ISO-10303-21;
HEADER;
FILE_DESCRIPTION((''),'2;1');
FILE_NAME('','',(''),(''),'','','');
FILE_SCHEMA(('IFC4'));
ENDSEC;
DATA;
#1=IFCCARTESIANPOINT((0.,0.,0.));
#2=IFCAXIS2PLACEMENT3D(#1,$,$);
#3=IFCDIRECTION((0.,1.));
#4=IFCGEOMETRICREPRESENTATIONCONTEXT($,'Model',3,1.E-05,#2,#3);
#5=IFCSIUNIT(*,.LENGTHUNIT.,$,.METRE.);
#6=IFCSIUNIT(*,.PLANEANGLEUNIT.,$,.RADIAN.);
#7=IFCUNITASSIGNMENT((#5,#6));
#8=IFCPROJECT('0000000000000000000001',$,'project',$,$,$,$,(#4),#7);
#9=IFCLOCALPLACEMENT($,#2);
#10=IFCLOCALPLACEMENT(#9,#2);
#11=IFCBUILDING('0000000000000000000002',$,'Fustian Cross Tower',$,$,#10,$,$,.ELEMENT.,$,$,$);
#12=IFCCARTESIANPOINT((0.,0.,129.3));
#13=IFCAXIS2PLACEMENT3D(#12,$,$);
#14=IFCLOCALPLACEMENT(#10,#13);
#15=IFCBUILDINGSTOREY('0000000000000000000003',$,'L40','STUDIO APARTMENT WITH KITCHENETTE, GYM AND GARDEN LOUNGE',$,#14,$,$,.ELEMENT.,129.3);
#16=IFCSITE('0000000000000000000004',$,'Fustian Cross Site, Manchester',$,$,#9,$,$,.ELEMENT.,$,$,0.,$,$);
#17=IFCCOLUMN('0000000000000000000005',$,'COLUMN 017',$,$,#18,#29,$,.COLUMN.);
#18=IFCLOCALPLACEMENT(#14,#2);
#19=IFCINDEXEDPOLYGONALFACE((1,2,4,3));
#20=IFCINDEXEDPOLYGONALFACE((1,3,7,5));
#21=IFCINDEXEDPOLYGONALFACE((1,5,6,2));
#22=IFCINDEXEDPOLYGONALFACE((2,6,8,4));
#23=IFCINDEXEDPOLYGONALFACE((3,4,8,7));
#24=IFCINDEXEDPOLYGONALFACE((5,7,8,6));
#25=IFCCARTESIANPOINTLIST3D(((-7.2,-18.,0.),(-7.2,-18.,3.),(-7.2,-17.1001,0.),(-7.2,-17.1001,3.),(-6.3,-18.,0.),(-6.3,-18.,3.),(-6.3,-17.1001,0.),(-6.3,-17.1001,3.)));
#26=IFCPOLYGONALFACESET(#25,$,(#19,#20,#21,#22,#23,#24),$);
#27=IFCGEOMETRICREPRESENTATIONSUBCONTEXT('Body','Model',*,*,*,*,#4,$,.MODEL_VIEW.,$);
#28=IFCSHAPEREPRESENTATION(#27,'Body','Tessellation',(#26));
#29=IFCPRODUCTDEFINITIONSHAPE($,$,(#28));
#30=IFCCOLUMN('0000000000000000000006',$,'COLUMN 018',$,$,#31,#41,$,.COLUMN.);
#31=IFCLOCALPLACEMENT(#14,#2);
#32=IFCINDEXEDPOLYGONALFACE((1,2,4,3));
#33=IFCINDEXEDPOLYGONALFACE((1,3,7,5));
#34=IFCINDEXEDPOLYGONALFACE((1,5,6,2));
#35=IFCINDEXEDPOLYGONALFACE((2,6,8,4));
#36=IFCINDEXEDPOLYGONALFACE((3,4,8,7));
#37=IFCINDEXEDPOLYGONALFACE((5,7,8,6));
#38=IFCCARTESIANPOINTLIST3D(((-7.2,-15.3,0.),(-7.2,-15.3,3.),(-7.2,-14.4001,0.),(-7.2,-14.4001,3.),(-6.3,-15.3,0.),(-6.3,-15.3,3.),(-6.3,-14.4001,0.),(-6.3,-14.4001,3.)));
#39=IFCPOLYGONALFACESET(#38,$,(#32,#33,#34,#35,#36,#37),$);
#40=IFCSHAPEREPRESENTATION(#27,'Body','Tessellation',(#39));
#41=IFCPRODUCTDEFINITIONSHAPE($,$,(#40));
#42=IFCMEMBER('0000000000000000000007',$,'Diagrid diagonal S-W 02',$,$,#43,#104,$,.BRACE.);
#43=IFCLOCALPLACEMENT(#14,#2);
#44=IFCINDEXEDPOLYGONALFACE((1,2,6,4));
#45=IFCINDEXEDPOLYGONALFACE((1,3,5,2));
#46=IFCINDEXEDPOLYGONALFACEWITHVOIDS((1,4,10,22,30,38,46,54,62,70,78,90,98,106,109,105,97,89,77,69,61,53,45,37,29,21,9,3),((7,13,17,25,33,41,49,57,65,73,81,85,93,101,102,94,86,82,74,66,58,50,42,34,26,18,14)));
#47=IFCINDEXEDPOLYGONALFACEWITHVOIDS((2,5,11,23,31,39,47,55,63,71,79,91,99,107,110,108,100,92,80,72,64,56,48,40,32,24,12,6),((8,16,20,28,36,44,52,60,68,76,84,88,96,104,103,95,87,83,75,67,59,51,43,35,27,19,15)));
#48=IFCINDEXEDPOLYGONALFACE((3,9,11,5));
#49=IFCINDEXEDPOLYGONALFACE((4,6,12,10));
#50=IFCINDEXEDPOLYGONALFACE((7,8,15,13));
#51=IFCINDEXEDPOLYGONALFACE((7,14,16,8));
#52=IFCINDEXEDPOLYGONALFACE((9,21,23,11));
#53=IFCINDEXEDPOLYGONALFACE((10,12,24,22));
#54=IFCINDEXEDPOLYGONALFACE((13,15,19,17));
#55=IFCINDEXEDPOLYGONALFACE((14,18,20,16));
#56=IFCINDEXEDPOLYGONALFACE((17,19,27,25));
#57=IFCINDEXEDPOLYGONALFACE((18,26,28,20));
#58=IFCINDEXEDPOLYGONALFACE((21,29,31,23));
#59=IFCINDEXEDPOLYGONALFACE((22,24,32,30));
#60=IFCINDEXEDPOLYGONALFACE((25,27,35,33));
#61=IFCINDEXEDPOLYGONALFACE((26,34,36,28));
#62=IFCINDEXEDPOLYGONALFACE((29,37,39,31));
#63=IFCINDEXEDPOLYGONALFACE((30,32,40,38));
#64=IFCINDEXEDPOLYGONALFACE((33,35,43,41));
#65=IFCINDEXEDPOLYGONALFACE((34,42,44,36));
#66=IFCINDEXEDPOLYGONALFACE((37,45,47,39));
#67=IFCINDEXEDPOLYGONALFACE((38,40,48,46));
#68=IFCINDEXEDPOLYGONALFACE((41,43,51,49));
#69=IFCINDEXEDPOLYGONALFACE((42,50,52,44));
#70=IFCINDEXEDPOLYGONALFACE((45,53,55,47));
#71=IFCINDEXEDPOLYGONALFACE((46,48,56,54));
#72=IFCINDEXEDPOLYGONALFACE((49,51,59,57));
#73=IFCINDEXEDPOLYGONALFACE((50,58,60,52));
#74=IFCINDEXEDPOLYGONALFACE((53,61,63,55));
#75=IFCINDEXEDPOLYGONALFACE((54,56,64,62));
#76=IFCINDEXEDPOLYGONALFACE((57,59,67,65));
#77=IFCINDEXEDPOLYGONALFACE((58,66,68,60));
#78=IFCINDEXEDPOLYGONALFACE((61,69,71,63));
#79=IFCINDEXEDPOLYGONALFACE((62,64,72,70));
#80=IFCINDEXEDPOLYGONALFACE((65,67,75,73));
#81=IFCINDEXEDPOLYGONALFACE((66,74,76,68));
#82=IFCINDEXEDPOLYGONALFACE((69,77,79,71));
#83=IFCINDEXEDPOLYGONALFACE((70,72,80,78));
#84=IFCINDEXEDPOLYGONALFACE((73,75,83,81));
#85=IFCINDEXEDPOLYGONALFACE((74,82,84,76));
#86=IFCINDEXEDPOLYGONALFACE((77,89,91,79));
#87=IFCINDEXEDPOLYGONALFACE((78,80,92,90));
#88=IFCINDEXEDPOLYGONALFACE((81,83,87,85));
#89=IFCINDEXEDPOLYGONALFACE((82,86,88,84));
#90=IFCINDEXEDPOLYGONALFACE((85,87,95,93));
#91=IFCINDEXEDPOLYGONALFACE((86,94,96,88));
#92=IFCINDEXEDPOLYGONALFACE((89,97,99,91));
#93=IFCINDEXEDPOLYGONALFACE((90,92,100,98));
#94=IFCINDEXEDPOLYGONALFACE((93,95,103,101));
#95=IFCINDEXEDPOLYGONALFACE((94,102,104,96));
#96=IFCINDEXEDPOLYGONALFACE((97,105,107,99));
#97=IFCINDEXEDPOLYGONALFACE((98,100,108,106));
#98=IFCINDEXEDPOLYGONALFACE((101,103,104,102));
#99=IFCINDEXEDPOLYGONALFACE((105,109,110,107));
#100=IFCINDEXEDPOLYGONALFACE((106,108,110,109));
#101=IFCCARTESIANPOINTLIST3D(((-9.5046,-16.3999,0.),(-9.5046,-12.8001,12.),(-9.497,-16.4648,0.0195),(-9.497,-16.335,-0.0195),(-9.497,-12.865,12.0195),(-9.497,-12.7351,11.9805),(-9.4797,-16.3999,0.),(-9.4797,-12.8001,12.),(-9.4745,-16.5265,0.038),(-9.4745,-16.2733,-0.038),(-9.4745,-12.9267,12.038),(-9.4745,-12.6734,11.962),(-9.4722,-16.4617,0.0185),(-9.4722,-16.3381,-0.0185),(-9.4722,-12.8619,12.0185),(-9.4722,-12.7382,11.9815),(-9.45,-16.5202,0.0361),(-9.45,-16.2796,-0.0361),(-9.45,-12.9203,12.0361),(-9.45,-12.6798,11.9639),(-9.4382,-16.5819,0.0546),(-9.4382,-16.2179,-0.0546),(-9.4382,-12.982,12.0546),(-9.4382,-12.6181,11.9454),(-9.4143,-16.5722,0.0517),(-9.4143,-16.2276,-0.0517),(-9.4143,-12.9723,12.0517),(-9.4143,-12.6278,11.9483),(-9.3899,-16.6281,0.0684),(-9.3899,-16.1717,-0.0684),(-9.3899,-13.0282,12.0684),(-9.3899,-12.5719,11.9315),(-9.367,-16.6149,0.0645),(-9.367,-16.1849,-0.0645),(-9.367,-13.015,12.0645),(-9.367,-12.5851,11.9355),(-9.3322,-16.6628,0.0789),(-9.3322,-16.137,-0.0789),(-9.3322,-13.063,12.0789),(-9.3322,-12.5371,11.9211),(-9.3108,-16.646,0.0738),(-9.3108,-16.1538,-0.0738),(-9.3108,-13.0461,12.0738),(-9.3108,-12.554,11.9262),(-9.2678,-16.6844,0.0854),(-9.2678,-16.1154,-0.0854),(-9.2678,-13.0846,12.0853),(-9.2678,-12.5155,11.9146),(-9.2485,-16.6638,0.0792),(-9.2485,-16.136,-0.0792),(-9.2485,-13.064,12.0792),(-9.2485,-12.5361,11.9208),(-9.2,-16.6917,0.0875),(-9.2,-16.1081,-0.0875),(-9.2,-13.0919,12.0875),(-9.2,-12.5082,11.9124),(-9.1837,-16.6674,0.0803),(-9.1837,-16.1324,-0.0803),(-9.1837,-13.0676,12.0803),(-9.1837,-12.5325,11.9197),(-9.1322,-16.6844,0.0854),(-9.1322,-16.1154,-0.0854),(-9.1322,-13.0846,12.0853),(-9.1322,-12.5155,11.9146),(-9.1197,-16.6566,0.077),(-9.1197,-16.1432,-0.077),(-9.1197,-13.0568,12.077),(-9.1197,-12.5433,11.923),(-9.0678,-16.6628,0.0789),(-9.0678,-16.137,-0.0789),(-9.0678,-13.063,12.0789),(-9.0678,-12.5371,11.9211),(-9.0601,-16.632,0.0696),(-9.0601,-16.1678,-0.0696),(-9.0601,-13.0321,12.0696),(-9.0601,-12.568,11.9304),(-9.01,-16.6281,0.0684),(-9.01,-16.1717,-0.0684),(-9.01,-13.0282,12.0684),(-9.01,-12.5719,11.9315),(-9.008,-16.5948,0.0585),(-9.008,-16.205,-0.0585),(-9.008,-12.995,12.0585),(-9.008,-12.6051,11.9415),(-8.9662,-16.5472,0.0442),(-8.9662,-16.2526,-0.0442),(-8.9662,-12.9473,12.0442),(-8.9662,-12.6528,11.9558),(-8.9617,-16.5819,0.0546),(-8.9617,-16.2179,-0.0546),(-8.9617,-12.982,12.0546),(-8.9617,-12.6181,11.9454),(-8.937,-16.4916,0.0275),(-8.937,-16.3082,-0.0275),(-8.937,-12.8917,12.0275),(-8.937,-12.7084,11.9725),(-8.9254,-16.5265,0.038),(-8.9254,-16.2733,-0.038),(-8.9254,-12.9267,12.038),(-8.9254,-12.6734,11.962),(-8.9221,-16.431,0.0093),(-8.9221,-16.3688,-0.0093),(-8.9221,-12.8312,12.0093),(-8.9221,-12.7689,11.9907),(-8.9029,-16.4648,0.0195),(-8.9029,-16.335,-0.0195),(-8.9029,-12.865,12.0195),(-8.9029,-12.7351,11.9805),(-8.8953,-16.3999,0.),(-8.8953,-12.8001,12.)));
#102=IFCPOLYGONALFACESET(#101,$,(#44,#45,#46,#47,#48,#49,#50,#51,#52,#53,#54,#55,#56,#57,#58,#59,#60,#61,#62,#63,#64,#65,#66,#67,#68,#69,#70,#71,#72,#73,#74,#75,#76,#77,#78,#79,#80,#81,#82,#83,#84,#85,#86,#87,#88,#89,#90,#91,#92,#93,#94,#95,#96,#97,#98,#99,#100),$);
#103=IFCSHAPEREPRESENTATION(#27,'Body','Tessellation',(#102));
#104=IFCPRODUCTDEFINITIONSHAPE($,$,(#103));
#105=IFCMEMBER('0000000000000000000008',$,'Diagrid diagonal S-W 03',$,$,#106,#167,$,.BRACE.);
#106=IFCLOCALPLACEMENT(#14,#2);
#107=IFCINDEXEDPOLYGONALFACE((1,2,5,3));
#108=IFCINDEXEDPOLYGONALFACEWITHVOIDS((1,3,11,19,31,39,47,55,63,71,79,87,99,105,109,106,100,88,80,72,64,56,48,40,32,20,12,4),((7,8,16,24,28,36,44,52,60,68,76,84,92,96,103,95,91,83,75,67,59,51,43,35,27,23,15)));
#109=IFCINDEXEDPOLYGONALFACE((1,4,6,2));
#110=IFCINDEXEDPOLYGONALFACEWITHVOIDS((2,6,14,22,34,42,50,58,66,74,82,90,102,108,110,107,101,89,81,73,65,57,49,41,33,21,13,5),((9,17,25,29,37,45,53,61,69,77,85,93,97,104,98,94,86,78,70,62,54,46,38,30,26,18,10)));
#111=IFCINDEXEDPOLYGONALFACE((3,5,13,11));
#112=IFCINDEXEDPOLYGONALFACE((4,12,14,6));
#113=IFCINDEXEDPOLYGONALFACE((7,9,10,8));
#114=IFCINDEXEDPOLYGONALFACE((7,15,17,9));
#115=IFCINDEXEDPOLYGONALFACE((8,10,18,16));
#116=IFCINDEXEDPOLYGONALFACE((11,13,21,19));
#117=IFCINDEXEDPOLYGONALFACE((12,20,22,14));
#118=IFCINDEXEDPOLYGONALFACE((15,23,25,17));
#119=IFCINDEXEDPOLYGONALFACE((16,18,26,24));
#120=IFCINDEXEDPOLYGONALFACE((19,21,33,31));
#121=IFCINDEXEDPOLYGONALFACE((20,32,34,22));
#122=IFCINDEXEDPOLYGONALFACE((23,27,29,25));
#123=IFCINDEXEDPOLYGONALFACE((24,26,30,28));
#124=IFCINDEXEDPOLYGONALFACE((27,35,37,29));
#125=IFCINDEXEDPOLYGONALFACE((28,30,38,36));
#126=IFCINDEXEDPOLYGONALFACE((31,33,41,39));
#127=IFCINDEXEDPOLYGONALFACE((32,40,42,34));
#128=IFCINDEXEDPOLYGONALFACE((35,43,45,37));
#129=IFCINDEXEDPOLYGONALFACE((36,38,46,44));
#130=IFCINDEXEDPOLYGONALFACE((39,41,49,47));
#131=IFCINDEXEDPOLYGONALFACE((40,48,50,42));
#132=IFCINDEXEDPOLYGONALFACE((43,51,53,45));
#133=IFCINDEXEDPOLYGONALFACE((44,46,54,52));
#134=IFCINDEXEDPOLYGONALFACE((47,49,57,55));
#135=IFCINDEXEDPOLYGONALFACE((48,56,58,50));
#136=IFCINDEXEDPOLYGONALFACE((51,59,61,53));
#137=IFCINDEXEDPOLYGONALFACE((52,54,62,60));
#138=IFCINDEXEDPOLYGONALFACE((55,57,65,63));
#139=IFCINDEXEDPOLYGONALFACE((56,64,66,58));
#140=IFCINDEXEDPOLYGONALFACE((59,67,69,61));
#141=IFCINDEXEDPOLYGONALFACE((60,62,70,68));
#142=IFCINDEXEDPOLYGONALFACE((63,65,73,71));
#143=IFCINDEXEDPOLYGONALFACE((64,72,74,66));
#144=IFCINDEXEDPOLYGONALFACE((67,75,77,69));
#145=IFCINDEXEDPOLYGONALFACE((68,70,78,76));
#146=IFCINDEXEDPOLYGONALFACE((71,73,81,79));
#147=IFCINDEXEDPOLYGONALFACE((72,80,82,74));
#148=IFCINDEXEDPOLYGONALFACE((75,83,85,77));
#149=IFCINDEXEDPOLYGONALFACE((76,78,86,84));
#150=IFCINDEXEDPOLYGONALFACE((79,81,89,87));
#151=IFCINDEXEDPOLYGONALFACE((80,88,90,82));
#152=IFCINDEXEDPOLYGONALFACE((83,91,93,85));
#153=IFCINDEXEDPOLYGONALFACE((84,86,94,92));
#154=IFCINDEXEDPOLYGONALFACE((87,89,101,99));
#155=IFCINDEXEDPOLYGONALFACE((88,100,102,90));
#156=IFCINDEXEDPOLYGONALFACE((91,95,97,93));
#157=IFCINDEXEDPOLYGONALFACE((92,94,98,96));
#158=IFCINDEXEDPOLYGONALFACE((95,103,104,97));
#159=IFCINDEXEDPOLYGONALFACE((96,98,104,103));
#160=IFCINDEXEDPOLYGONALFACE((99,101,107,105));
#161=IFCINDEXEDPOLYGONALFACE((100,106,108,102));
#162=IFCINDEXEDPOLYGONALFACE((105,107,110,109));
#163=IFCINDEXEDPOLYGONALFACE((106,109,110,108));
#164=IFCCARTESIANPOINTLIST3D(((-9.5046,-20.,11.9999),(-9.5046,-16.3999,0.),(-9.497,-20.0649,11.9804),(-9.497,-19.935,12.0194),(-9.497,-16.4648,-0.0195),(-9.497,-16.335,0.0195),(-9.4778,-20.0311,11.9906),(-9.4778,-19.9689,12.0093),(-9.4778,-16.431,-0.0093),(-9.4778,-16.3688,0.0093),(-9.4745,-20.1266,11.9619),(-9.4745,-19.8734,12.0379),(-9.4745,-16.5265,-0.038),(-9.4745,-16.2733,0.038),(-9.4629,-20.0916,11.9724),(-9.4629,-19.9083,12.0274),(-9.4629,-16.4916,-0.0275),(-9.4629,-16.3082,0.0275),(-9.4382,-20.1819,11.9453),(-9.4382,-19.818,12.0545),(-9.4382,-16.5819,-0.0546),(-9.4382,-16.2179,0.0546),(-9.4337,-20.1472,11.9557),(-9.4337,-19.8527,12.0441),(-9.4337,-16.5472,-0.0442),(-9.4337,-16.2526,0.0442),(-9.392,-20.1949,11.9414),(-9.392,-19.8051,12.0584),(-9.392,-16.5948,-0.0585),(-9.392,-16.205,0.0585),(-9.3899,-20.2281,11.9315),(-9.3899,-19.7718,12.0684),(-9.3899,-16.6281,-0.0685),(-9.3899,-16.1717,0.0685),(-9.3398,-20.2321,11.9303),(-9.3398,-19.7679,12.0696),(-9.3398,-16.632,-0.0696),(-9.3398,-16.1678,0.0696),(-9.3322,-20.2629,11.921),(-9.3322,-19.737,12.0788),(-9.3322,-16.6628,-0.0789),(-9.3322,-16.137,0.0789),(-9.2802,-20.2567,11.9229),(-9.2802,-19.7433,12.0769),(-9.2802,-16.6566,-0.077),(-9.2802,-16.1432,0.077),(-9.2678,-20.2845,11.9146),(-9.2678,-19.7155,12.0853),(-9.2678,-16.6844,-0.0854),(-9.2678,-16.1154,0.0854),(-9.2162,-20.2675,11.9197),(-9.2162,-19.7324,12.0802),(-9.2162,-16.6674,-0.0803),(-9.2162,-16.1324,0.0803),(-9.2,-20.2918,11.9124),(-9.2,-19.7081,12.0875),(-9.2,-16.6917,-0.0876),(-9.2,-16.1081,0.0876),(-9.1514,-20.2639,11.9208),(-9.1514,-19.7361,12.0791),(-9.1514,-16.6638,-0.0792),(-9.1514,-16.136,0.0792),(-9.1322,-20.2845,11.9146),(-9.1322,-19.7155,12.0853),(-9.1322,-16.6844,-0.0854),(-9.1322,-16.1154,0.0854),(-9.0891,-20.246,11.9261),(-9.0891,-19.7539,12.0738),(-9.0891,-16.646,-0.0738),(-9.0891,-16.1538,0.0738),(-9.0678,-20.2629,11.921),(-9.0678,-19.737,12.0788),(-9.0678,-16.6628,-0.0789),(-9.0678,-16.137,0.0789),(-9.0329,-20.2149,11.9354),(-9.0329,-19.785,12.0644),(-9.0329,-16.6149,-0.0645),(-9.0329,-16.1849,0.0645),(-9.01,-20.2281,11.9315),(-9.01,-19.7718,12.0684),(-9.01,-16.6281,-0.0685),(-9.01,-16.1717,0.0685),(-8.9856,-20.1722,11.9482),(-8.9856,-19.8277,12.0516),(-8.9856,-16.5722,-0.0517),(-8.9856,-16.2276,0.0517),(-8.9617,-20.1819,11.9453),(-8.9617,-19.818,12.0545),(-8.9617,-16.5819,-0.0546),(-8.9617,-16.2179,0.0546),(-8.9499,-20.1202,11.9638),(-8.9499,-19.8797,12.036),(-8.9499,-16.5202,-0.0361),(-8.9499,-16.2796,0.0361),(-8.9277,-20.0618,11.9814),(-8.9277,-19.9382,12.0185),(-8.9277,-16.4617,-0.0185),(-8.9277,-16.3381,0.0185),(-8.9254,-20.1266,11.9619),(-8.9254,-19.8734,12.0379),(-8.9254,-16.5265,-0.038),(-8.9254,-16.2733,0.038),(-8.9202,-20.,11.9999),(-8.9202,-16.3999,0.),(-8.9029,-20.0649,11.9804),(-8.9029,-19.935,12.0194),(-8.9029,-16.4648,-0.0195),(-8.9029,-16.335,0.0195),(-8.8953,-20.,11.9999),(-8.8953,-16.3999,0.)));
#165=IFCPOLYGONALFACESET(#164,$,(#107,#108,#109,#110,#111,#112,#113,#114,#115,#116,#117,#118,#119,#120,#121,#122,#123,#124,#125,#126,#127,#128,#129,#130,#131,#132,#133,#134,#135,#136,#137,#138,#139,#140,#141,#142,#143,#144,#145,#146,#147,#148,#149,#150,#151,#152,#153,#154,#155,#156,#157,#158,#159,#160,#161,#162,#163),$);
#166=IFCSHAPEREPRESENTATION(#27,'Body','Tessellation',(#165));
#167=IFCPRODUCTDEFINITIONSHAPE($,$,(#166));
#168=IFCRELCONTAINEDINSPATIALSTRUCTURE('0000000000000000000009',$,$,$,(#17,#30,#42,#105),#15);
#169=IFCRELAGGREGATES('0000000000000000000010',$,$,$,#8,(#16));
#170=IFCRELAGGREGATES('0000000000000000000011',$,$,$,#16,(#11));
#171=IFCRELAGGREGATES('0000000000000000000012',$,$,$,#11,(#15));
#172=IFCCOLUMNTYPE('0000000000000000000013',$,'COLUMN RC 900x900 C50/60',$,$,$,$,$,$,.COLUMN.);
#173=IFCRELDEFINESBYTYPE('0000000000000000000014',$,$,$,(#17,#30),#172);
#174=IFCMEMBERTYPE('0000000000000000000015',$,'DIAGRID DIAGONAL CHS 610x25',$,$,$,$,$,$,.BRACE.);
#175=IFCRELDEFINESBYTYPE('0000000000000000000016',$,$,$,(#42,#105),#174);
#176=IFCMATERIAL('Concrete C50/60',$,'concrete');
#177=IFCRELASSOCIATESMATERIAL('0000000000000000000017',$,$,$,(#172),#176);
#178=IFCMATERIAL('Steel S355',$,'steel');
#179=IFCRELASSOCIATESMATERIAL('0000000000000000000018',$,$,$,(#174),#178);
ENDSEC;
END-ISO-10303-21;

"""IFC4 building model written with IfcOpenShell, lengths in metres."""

from ifc_helpers import new_model, si_unit, direction, frame, origin, origin_2d, place, context, subcontext, project, spatial, rectangle, hollow_circle, extrude, material, material_profile, profile_set, type_object, element, save


model = new_model("IFC4")

# Units and contexts
model_context = context("Model", 3, precision=1e-05, world=origin(), true_north=direction((0.0, 1.0)))
body_context = subcontext(model_context, "Body", "Model", "MODEL_VIEW")
ifc_project = project(units=[si_unit("LENGTHUNIT", "METRE"), si_unit("PLANEANGLEUNIT", "RADIAN")], contexts=[model_context])

# Site, building, storey
site_placement = place(None, origin())
site = spatial("IfcSite", under=ifc_project, at=site_placement, Name="Fustian Cross Site, Manchester", CompositionType="ELEMENT", RefElevation=0.0)
building_placement = place(site_placement, origin())
building = spatial("IfcBuilding", under=site, at=building_placement, Name="Fustian Cross Tower", CompositionType="ELEMENT")
storey_placement = place(building_placement, frame((0.0, 0.0, 129.3)))
storey = spatial("IfcBuildingStorey", under=building, at=storey_placement, Name="L40", Description="STUDIO APARTMENT WITH KITCHENETTE, GYM AND GARDEN LOUNGE", CompositionType="ELEMENT", Elevation=129.3)

# Columns
ifc_material_1 = material(Name="Concrete C50/60", Category="concrete")
ifc_material_profile_1 = material_profile(ifc_material_1, rectangle(XDim=0.8999, YDim=0.8999, at=origin_2d()), Name="RC 900x900")
ifc_profile_set_1 = profile_set([ifc_material_profile_1], Name="Concrete C50/60")
column_type = type_object("IfcColumnType", Name="COLUMN RC 900x900 C50/60", PredefinedType="COLUMN", material=ifc_profile_set_1)
for number, where, z_axis, x_axis, name in (
    (1, (-6.75, -17.55, 0.0), (0.0, 0.0, 1.0), (1.0, 0.0, 0.0), "COLUMN 017"),
    (2, (-6.75, -14.8501, 0.0), (0.0, 0.0, 1.0), (1.0, 0.0, 0.0), "COLUMN 018"),
):
    element("IfcColumn", number, at=place(storey_placement, frame(where, z_axis=z_axis, x_axis=x_axis)), inside=storey, type_object=column_type, Name=name, PredefinedType="COLUMN", context=body_context, shape_type="SweptSolid", body=[
        extrude(rectangle(XDim=0.8999, YDim=0.8999, at=origin_2d()), origin(), (0.0, 0.0, 1.0), 3.0),
    ])

# Members
ifc_material_2 = material(Name="Steel S355", Category="steel")
ifc_material_profile_2 = material_profile(ifc_material_2, hollow_circle(Radius=0.3047, WallThickness=0.0249, at=origin_2d()), Name="CHS 610x25")
ifc_profile_set_2 = profile_set([ifc_material_profile_2], Name="Steel S355")
member_type_1 = type_object("IfcMemberType", Name="DIAGRID DIAGONAL CHS 610x25", PredefinedType="BRACE", material=ifc_profile_set_2)
for number, where, z_axis, x_axis, name in (
    (3, (-9.2, -16.3999, 0.0), (0.0, 0.287337, 0.95783), (-1.0, 0.0, 0.0), "Diagrid diagonal S-W 02"),
    (4, (-9.2, -16.3999, 0.0), (0.0, -0.287355, 0.957824), (1.0, 0.0, 0.0), "Diagrid diagonal S-W 03"),
):
    element("IfcMember", number, at=place(storey_placement, frame(where, z_axis=z_axis, x_axis=x_axis)), inside=storey, type_object=member_type_1, Name=name, PredefinedType="BRACE", context=body_context, shape_type="SweptSolid", body=[
        extrude(hollow_circle(Radius=0.3047, WallThickness=0.0249, at=origin_2d()), origin(), (0.0, 0.0, 1.0), 12.5283),
    ])

save(model, "model.ifc")
